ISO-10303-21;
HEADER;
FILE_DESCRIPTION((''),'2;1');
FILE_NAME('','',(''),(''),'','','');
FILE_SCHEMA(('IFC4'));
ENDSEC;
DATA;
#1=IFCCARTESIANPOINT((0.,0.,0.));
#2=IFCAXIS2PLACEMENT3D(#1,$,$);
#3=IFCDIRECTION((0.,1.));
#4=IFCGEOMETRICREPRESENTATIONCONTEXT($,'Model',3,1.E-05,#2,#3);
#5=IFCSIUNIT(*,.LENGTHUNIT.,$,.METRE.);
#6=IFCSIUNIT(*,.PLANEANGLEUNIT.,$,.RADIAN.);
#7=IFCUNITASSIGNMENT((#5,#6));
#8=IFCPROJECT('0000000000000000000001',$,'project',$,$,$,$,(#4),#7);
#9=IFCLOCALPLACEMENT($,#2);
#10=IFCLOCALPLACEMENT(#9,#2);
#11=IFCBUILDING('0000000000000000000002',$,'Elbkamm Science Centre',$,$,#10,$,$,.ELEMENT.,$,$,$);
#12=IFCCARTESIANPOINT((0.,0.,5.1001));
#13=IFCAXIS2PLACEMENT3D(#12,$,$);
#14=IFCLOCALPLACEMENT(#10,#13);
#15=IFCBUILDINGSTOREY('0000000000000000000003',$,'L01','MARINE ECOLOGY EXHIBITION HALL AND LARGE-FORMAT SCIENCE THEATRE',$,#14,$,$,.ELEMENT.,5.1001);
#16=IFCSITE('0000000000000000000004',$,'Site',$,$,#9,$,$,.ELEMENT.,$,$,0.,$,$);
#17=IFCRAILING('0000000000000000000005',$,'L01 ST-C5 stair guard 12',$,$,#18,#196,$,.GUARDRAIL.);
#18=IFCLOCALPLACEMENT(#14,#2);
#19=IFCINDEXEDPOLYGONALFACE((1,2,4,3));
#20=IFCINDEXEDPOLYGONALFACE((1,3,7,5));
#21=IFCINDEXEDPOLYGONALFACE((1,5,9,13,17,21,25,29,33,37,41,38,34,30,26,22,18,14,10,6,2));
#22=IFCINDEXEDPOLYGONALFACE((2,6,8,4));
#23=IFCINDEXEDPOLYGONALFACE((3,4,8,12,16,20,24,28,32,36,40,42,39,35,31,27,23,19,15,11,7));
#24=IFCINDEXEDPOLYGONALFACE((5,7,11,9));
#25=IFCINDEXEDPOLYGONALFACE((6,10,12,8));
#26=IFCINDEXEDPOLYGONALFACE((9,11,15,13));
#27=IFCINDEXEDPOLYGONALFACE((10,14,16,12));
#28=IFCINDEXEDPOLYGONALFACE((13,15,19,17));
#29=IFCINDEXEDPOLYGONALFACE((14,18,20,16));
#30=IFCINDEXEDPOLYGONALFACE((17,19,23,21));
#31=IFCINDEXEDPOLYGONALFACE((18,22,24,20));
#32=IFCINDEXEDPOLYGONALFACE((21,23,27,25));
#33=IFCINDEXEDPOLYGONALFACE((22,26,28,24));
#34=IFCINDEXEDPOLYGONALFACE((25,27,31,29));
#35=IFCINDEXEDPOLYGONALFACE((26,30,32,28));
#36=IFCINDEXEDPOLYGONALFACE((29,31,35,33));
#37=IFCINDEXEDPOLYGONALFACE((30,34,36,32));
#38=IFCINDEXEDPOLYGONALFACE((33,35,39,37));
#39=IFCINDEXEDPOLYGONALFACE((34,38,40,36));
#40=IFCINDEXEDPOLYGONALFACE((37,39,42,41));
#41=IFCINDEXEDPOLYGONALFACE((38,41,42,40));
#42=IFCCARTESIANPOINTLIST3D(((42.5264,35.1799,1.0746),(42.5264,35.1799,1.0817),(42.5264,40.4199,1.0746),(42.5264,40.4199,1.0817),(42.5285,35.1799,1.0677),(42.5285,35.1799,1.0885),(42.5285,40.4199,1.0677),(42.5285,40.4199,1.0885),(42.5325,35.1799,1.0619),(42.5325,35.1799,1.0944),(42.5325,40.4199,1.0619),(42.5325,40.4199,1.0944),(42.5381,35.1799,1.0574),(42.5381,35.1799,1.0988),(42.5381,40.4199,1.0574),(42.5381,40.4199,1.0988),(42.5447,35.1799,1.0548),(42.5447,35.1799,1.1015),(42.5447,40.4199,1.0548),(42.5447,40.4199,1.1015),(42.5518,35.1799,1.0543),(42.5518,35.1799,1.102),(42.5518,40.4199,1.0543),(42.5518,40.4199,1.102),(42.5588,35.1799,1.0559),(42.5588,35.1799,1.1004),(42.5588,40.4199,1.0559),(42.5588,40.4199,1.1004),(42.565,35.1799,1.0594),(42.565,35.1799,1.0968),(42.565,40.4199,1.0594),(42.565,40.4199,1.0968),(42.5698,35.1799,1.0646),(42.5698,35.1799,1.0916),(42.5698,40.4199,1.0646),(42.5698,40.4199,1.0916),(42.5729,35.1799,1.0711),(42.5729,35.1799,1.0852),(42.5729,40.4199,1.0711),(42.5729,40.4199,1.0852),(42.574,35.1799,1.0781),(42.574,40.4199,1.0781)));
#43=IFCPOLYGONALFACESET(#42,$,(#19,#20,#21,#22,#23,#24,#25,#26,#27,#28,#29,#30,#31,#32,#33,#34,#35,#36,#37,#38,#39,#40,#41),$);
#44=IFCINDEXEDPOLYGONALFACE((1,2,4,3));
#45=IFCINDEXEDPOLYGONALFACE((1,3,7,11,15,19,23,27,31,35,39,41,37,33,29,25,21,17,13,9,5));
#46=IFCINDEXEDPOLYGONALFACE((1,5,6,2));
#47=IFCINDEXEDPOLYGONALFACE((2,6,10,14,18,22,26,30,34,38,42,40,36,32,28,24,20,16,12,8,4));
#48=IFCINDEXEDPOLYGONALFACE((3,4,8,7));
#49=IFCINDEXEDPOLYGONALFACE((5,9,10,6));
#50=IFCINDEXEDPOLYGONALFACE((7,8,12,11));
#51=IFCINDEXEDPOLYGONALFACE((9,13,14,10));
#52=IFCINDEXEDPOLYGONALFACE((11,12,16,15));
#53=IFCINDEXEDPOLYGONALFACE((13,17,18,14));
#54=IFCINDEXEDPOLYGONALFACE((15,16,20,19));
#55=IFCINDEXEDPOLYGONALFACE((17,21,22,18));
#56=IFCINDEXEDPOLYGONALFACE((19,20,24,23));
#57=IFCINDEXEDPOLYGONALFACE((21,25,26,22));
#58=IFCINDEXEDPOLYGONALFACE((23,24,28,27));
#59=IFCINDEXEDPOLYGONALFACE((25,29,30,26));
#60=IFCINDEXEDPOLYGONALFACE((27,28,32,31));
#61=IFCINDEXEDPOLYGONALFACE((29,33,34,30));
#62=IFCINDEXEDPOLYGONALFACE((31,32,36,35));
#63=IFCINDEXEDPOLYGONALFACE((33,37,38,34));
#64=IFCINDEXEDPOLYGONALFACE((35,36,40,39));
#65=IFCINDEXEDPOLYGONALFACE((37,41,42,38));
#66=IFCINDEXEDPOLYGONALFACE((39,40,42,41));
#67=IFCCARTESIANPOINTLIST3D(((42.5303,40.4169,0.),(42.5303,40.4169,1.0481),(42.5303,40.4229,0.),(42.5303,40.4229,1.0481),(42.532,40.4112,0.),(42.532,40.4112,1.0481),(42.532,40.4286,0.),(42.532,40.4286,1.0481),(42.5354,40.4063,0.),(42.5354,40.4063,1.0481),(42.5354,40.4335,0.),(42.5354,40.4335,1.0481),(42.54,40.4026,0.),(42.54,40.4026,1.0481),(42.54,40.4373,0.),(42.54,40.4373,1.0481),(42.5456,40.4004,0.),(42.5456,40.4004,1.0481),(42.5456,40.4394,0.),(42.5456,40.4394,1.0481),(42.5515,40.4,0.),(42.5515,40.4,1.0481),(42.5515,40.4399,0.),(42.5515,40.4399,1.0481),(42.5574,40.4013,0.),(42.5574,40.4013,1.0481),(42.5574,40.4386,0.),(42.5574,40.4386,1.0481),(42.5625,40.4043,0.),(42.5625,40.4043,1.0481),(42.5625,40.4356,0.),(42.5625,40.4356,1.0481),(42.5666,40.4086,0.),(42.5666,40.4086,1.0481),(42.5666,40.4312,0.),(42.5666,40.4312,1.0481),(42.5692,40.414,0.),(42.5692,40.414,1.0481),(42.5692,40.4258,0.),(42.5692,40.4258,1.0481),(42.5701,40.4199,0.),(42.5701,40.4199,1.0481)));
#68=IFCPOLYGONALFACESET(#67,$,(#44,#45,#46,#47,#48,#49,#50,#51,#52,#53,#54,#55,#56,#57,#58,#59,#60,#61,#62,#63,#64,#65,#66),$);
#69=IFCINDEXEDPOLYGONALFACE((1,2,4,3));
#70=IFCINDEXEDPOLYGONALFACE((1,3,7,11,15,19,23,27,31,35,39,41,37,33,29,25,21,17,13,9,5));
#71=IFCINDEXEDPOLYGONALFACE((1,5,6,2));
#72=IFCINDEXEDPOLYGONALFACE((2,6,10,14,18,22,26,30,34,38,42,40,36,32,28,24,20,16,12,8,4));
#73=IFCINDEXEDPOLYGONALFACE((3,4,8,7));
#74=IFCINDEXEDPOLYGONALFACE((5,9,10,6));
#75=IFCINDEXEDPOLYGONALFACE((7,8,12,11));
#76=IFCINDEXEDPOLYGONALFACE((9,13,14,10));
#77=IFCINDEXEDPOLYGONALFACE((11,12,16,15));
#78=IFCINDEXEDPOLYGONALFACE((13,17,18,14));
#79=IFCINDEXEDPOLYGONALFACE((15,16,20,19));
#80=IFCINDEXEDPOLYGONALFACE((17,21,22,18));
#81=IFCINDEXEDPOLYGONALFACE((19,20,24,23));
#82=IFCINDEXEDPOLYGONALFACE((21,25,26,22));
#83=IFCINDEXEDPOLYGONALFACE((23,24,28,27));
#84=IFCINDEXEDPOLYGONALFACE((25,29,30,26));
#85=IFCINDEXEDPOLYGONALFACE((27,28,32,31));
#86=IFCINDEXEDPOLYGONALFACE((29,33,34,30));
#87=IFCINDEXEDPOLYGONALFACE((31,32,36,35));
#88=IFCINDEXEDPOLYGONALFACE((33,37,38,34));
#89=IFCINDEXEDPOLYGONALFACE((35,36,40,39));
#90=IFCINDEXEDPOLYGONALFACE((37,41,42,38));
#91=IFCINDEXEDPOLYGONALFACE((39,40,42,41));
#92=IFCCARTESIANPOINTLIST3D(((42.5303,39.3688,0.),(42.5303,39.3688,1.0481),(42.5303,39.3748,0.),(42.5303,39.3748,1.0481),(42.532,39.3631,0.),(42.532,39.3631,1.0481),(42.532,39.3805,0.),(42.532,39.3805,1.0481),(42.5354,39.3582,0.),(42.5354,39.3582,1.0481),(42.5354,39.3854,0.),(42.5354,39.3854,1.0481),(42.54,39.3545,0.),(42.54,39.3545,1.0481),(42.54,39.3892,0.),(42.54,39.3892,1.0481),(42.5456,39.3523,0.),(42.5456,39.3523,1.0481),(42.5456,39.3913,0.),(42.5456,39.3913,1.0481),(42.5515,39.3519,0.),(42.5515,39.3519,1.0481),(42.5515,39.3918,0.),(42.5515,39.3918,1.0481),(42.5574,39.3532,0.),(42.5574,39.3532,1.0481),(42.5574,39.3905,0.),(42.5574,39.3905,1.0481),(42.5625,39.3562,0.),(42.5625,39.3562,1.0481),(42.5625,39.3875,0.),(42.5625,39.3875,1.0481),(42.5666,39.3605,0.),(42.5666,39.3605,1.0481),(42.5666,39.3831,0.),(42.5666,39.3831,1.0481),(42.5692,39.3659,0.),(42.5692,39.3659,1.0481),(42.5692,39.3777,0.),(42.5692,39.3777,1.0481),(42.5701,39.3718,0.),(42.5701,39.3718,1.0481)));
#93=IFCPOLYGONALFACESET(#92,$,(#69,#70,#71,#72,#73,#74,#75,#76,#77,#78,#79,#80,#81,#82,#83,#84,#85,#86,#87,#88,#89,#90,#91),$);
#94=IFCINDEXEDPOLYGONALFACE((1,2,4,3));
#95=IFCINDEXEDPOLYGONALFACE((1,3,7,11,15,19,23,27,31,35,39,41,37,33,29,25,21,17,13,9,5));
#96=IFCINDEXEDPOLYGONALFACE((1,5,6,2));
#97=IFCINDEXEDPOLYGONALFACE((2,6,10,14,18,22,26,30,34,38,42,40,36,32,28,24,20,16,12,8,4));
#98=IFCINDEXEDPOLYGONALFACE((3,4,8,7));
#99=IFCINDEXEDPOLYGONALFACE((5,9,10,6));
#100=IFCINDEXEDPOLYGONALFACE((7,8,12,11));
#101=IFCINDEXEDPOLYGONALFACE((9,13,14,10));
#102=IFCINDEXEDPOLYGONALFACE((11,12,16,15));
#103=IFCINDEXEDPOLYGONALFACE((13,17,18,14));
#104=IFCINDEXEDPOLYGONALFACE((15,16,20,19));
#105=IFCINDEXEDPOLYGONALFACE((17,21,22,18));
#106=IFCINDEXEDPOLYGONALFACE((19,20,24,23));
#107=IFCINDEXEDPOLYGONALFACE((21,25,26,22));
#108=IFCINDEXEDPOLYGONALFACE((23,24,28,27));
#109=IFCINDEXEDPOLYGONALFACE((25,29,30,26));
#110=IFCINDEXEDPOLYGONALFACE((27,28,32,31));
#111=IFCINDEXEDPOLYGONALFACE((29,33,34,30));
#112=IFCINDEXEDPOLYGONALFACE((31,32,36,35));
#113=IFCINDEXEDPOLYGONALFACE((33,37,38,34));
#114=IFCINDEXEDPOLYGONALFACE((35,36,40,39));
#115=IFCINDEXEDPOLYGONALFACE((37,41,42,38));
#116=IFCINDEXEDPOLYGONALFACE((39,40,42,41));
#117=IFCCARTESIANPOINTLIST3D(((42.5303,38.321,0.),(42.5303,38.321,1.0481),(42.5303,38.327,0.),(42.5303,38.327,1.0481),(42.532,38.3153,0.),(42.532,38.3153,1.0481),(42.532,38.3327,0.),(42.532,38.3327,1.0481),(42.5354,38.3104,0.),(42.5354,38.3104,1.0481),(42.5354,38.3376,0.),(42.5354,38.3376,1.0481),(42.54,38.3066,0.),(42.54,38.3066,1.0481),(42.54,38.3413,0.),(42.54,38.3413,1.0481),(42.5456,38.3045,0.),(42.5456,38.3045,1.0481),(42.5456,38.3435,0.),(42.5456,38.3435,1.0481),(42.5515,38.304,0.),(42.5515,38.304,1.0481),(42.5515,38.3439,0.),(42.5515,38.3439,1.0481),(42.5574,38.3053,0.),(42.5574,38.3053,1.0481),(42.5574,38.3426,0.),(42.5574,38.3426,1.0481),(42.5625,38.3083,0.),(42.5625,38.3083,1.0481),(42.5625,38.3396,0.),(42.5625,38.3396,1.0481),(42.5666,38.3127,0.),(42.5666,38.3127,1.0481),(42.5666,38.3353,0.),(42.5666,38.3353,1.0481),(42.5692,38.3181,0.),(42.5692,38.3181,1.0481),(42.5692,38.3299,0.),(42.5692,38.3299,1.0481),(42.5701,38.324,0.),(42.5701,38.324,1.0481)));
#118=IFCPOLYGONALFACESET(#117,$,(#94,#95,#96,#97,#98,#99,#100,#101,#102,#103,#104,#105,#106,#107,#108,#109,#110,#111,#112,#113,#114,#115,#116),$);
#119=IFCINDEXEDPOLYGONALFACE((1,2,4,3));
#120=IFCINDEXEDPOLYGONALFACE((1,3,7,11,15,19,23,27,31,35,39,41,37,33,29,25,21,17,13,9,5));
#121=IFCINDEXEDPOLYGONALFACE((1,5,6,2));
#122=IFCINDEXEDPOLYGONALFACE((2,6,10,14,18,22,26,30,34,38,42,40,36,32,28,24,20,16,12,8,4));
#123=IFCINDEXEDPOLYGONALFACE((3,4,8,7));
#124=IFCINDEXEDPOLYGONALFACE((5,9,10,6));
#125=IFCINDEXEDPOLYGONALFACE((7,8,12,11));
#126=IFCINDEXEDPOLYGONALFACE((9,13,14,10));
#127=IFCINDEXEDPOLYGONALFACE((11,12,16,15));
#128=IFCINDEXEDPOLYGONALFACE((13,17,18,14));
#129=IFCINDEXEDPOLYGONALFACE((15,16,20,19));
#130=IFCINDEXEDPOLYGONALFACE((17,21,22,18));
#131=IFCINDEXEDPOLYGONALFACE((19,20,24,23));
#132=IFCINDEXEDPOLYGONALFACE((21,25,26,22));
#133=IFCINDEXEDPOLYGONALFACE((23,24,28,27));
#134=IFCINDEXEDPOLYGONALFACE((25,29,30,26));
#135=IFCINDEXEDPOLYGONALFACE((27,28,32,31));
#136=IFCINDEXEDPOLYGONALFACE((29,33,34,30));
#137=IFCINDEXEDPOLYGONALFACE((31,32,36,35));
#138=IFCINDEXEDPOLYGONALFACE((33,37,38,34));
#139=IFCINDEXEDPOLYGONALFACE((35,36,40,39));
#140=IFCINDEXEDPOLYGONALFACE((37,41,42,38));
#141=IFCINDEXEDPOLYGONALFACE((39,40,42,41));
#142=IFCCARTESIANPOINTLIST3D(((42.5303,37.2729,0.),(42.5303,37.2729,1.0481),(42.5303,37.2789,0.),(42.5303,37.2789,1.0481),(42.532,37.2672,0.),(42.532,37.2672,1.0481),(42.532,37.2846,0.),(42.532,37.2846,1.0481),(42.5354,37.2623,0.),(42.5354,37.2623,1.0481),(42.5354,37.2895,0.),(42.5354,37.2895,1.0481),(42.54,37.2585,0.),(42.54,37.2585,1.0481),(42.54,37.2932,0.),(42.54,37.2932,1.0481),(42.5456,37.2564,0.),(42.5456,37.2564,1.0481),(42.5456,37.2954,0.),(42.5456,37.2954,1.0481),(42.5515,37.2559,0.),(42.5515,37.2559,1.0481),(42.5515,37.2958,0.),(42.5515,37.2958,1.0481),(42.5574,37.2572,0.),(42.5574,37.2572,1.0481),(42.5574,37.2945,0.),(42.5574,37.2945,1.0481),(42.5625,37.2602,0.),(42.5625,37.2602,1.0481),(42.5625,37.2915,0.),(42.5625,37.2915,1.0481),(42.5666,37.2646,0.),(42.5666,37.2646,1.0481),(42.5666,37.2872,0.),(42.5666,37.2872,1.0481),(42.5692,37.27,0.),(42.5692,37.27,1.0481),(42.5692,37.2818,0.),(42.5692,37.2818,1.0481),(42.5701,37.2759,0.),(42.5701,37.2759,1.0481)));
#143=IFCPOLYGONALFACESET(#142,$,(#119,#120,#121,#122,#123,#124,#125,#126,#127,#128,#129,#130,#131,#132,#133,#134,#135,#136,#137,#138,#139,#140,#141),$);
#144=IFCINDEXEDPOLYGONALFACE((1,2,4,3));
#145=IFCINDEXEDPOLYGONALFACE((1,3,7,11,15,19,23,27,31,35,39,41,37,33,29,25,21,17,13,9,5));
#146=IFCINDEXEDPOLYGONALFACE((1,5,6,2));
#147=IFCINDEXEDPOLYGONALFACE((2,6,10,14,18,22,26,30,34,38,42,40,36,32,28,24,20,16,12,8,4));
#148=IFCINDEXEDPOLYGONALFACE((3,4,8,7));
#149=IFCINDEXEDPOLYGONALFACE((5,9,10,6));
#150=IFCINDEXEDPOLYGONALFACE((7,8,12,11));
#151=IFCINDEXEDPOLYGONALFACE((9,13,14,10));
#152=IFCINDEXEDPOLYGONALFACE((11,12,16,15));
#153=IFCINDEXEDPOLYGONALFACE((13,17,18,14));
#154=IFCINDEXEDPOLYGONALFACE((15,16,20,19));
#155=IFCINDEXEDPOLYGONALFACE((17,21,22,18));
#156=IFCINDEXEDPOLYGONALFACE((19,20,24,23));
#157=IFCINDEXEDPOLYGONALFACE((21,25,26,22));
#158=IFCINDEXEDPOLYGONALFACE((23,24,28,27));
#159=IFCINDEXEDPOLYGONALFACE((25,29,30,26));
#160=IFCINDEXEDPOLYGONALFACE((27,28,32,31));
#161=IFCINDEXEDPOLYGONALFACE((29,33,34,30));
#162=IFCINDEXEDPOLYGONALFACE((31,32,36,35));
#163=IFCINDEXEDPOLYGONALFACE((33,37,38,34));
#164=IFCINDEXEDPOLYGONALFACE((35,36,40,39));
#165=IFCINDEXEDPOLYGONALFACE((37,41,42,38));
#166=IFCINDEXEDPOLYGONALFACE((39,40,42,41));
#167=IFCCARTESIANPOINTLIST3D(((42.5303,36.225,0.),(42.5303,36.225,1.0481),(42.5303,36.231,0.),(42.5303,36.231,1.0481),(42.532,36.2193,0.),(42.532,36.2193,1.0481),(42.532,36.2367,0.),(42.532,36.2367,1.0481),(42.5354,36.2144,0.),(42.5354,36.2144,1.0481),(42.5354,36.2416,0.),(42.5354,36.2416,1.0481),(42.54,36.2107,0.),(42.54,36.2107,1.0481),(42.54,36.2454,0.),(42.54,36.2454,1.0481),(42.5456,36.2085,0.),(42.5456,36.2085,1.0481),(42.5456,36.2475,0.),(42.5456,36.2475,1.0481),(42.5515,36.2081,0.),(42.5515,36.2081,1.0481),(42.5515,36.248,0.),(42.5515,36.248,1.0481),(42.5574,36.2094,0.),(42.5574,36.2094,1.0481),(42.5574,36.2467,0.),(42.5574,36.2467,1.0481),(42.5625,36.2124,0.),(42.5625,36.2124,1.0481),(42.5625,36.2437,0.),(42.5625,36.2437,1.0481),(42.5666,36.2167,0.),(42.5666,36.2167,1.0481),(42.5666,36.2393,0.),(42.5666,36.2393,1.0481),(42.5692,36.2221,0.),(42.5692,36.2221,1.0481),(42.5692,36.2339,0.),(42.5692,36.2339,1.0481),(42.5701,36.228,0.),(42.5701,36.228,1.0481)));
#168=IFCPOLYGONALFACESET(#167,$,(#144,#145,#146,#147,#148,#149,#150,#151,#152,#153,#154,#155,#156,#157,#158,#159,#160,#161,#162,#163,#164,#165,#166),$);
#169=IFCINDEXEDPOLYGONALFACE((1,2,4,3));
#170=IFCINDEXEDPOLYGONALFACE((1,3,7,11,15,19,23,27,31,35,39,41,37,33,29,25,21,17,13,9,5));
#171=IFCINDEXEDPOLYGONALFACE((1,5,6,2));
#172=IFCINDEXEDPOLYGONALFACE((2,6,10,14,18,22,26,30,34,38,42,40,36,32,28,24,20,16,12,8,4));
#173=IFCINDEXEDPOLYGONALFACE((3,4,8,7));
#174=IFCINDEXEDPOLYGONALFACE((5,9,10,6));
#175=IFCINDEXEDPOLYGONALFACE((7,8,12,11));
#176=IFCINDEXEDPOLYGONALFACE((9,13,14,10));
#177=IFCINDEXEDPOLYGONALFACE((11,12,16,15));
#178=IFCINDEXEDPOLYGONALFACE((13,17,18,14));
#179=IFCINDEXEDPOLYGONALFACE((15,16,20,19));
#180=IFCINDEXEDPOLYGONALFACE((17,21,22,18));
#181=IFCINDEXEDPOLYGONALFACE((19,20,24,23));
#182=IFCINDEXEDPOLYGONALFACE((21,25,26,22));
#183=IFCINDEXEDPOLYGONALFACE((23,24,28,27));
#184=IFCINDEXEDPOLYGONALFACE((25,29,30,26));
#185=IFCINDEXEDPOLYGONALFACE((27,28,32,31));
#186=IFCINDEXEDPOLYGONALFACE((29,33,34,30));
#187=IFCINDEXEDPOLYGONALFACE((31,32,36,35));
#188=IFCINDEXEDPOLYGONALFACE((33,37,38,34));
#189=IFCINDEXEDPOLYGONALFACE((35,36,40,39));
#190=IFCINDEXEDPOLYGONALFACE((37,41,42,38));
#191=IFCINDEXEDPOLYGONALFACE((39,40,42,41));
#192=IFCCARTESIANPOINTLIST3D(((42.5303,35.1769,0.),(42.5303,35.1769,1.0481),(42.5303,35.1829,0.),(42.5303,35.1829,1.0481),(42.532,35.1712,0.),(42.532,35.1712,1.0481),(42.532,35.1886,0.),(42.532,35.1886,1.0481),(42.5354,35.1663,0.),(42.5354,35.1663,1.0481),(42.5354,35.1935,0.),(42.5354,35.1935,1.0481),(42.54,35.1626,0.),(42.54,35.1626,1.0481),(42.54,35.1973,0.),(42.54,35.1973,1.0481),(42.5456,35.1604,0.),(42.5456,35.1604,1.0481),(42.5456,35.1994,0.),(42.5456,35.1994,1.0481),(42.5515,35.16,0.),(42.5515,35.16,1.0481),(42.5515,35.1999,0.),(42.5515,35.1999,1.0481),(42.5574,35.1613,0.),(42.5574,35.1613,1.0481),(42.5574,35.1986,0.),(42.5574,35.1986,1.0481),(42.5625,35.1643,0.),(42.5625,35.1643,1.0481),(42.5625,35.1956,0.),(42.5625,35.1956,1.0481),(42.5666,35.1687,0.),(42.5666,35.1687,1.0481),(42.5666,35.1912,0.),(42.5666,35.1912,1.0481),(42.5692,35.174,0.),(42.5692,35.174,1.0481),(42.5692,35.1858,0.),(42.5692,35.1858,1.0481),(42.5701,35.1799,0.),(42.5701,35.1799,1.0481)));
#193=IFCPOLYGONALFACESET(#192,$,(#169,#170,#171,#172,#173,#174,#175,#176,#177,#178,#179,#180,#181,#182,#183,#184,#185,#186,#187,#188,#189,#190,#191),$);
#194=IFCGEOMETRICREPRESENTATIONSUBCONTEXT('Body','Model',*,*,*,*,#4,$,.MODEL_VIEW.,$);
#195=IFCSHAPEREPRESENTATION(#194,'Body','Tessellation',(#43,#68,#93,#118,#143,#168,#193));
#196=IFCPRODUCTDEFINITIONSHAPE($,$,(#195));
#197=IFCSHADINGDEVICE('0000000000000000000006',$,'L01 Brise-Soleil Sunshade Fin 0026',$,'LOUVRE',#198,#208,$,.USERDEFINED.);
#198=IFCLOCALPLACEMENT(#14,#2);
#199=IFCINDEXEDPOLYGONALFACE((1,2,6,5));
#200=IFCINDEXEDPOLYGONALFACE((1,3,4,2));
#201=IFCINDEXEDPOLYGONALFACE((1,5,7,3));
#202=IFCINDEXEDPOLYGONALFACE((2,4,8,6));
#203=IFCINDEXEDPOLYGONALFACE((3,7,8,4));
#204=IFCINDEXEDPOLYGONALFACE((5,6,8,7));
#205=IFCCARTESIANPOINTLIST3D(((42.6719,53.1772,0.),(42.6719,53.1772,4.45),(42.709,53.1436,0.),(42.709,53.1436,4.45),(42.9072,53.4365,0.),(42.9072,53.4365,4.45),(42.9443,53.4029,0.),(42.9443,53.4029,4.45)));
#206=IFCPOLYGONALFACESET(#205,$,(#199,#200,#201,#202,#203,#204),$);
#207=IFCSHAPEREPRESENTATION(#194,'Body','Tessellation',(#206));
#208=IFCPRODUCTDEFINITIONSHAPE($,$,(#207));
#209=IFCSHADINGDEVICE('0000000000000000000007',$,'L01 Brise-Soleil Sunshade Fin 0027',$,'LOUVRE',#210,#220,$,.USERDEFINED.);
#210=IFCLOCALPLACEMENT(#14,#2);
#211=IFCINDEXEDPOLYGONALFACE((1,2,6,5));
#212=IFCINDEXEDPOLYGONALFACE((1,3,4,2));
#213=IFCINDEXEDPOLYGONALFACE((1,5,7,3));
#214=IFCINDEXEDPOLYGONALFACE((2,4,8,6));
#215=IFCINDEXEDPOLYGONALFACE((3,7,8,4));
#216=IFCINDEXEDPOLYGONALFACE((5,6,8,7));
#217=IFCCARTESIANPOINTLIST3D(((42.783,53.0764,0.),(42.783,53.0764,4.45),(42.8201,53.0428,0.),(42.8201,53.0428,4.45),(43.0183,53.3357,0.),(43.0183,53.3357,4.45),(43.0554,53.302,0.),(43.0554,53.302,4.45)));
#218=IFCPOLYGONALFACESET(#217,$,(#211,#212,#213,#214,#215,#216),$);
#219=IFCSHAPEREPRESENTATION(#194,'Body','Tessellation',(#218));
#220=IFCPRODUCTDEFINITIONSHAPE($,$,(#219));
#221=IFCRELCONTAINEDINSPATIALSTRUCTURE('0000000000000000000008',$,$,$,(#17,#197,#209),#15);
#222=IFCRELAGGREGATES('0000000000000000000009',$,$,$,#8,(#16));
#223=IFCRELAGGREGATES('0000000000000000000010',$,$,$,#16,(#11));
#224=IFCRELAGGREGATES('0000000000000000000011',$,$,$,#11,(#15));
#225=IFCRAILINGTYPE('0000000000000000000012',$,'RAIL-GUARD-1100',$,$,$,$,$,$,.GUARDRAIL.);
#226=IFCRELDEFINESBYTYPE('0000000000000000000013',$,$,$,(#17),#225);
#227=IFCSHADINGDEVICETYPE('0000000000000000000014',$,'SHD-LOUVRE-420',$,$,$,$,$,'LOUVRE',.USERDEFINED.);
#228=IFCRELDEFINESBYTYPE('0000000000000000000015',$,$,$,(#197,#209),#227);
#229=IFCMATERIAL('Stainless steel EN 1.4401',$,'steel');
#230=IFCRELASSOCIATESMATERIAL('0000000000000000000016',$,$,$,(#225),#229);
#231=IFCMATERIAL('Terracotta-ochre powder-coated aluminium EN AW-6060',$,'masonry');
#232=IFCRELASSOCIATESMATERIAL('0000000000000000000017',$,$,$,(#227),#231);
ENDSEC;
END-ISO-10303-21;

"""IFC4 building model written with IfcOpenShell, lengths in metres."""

from ifc_helpers import new_model, si_unit, direction, frame, origin, origin_2d, place, context, subcontext, project, spatial, rectangle, circle, extrude, material, type_object, element, save


model = new_model("IFC4")

# Units and contexts
model_context = context("Model", 3, precision=1e-05, world=origin(), true_north=direction((0.0, 1.0)))
body_context = subcontext(model_context, "Body", "Model", "MODEL_VIEW")
ifc_project = project(units=[si_unit("LENGTHUNIT", "METRE"), si_unit("PLANEANGLEUNIT", "RADIAN")], contexts=[model_context])

# Site, building, storey
site_placement = place(None, origin())
site = spatial("IfcSite", under=ifc_project, at=site_placement, Name="Site", CompositionType="ELEMENT", RefElevation=0.0)
building_placement = place(site_placement, origin())
building = spatial("IfcBuilding", under=site, at=building_placement, Name="Elbkamm Science Centre", CompositionType="ELEMENT")
storey_placement = place(building_placement, frame((0.0, 0.0, 5.1001)))
storey = spatial("IfcBuildingStorey", under=building, at=storey_placement, Name="L01", Description="MARINE ECOLOGY EXHIBITION HALL AND LARGE-FORMAT SCIENCE THEATRE", CompositionType="ELEMENT", Elevation=5.1001)

# Railing
ifc_material_1 = material(Name="Stainless steel EN 1.4401", Category="steel")
railing_type = type_object("IfcRailingType", Name="RAIL-GUARD-1100", PredefinedType="GUARDRAIL", material=ifc_material_1)
railing_placement = place(storey_placement, frame((42.55, 40.4199, 0.0)))
element("IfcRailing", 1, at=railing_placement, inside=storey, type_object=railing_type, Name="L01 ST-C5 stair guard 12", PredefinedType="GUARDRAIL", context=body_context, shape_type="SweptSolid", body=[
    extrude(circle(Radius=0.0239, at=origin_2d()), frame((0.0, 0.0, 1.0781), z_axis=(0.0, -1.0, 0.0), x_axis=(1.0, 0.0, 0.0)), (0.0, 0.0, 1.0), 5.24),
    extrude(circle(Radius=0.02, at=origin_2d()), origin(), (0.0, 0.0, 1.0), 1.0481),
    extrude(circle(Radius=0.02, at=origin_2d()), frame((0.0, -1.0481, 0.0)), (0.0, 0.0, 1.0), 1.0481),
    extrude(circle(Radius=0.02, at=origin_2d()), frame((0.0, -2.0959, 0.0)), (0.0, 0.0, 1.0), 1.0481),
    extrude(circle(Radius=0.02, at=origin_2d()), frame((0.0, -3.144, 0.0)), (0.0, 0.0, 1.0), 1.0481),
    extrude(circle(Radius=0.02, at=origin_2d()), frame((0.0, -4.1919, 0.0)), (0.0, 0.0, 1.0), 1.0481),
    extrude(circle(Radius=0.02, at=origin_2d()), frame((0.0, -5.24, 0.0)), (0.0, 0.0, 1.0), 1.0481),
])

# Shading devices
ifc_material_2 = material(Name="Terracotta-ochre powder-coated aluminium EN AW-6060", Category="masonry")
shading_device_type = type_object("IfcShadingDeviceType", Name="SHD-LOUVRE-420", ElementType="LOUVRE", PredefinedType="USERDEFINED", material=ifc_material_2)
for number, where, z_axis, x_axis, name in (
    (2, (42.8081, 53.29, 0.0), (0.0, 0.0, 1.0), (-0.671993, -0.740557, 0.0), "L01 Brise-Soleil Sunshade Fin 0026"),
    (3, (42.9192, 53.1892, 0.0), (0.0, 0.0, 1.0), (-0.671993, -0.740557, 0.0), "L01 Brise-Soleil Sunshade Fin 0027"),
):
    element("IfcShadingDevice", number, at=place(storey_placement, frame(where, z_axis=z_axis, x_axis=x_axis)), inside=storey, type_object=shading_device_type, Name=name, ObjectType="LOUVRE", PredefinedType="USERDEFINED", context=body_context, shape_type="SweptSolid", body=[
        extrude(rectangle(XDim=0.3501, YDim=0.05, at=origin_2d()), origin(), (0.0, 0.0, 1.0), 4.45),
    ])

save(model, "model.ifc")
